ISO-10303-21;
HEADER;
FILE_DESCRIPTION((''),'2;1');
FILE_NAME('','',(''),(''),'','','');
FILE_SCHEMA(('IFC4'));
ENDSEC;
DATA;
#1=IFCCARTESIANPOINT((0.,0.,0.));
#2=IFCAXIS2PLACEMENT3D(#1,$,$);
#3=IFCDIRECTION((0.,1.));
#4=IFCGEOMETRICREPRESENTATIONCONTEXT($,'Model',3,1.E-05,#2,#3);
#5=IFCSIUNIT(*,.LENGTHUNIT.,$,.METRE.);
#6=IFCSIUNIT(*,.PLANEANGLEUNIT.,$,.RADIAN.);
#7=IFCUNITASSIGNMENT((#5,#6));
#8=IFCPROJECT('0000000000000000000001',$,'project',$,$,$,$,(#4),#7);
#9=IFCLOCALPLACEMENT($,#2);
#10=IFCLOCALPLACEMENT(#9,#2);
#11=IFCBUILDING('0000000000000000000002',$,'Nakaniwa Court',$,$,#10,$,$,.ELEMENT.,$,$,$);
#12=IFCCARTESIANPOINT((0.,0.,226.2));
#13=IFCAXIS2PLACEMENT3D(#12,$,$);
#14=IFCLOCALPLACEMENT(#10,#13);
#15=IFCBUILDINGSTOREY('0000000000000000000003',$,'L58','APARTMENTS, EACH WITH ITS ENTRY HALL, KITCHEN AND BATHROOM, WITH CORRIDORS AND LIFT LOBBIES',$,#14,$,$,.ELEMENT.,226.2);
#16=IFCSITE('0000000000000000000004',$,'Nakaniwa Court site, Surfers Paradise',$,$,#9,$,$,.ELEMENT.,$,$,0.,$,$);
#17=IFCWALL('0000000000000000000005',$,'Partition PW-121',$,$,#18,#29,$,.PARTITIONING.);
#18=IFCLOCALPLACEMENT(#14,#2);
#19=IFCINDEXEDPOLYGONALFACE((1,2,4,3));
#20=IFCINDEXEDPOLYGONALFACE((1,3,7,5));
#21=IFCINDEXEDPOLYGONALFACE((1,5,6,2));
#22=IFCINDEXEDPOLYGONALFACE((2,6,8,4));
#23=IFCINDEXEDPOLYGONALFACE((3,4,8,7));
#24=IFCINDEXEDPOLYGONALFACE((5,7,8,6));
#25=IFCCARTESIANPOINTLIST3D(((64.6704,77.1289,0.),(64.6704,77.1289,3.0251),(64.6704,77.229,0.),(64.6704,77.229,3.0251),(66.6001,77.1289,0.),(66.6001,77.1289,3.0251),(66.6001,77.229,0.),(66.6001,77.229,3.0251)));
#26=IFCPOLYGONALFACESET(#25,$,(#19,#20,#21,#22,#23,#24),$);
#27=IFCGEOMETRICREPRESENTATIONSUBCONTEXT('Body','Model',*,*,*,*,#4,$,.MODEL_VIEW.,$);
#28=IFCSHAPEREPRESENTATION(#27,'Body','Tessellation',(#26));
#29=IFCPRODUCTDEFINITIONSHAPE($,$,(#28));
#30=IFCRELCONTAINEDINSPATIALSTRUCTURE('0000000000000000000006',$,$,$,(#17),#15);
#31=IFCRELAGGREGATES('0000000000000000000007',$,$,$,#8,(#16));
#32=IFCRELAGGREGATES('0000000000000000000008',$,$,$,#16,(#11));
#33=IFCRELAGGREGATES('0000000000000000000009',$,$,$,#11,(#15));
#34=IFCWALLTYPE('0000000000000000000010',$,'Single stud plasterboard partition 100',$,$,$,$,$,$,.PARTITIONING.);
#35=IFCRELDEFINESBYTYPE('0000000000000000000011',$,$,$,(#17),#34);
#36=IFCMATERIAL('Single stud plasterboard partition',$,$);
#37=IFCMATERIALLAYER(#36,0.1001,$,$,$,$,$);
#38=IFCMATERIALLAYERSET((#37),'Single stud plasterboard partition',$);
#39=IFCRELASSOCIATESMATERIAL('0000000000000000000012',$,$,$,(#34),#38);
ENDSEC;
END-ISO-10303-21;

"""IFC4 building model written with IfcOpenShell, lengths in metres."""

from ifc_helpers import new_model, si_unit, direction, frame, frame_2d, origin, place, context, subcontext, project, spatial, rectangle, extrude, material, layer, layer_set, type_object, element, save


model = new_model("IFC4")

# Units and contexts
model_context = context("Model", 3, precision=1e-05, world=origin(), true_north=direction((0.0, 1.0)))
body_context = subcontext(model_context, "Body", "Model", "MODEL_VIEW")
ifc_project = project(units=[si_unit("LENGTHUNIT", "METRE"), si_unit("PLANEANGLEUNIT", "RADIAN")], contexts=[model_context])

# Site, building, storey
site_placement = place(None, origin())
site = spatial("IfcSite", under=ifc_project, at=site_placement, Name="Nakaniwa Court site, Surfers Paradise", CompositionType="ELEMENT", RefElevation=0.0)
building_placement = place(site_placement, origin())
building = spatial("IfcBuilding", under=site, at=building_placement, Name="Nakaniwa Court", CompositionType="ELEMENT")
storey_placement = place(building_placement, frame((0.0, 0.0, 226.2)))
storey = spatial("IfcBuildingStorey", under=building, at=storey_placement, Name="L58", Description="APARTMENTS, EACH WITH ITS ENTRY HALL, KITCHEN AND BATHROOM, WITH CORRIDORS AND LIFT LOBBIES", CompositionType="ELEMENT", Elevation=226.2)

# Shared definitions
ifc_material_1 = material(Name="Single stud plasterboard partition")
ifc_layer = layer(ifc_material_1, 0.1001)
ifc_layer_set = layer_set([ifc_layer], Name="Single stud plasterboard partition")
wall_type = type_object("IfcWallType", Name="Single stud plasterboard partition 100", PredefinedType="PARTITIONING", material=ifc_layer_set)

# Wall
wall_1_placement = place(storey_placement, frame((64.6704, 77.179, 0.0), z_axis=(0.0, 0.0, 1.0), x_axis=(1.0, 0.0, 0.0)))
element("IfcWall", 1, at=wall_1_placement, inside=storey, type_object=wall_type, Name="Partition PW-121", PredefinedType="PARTITIONING", context=body_context, shape_type="SweptSolid", body=[
    extrude(rectangle(XDim=1.9297, YDim=0.1001, at=frame_2d((0.9648, 0.0))), origin(), (0.0, 0.0, 1.0), 3.0251),
])

save(model, "model.ifc")
